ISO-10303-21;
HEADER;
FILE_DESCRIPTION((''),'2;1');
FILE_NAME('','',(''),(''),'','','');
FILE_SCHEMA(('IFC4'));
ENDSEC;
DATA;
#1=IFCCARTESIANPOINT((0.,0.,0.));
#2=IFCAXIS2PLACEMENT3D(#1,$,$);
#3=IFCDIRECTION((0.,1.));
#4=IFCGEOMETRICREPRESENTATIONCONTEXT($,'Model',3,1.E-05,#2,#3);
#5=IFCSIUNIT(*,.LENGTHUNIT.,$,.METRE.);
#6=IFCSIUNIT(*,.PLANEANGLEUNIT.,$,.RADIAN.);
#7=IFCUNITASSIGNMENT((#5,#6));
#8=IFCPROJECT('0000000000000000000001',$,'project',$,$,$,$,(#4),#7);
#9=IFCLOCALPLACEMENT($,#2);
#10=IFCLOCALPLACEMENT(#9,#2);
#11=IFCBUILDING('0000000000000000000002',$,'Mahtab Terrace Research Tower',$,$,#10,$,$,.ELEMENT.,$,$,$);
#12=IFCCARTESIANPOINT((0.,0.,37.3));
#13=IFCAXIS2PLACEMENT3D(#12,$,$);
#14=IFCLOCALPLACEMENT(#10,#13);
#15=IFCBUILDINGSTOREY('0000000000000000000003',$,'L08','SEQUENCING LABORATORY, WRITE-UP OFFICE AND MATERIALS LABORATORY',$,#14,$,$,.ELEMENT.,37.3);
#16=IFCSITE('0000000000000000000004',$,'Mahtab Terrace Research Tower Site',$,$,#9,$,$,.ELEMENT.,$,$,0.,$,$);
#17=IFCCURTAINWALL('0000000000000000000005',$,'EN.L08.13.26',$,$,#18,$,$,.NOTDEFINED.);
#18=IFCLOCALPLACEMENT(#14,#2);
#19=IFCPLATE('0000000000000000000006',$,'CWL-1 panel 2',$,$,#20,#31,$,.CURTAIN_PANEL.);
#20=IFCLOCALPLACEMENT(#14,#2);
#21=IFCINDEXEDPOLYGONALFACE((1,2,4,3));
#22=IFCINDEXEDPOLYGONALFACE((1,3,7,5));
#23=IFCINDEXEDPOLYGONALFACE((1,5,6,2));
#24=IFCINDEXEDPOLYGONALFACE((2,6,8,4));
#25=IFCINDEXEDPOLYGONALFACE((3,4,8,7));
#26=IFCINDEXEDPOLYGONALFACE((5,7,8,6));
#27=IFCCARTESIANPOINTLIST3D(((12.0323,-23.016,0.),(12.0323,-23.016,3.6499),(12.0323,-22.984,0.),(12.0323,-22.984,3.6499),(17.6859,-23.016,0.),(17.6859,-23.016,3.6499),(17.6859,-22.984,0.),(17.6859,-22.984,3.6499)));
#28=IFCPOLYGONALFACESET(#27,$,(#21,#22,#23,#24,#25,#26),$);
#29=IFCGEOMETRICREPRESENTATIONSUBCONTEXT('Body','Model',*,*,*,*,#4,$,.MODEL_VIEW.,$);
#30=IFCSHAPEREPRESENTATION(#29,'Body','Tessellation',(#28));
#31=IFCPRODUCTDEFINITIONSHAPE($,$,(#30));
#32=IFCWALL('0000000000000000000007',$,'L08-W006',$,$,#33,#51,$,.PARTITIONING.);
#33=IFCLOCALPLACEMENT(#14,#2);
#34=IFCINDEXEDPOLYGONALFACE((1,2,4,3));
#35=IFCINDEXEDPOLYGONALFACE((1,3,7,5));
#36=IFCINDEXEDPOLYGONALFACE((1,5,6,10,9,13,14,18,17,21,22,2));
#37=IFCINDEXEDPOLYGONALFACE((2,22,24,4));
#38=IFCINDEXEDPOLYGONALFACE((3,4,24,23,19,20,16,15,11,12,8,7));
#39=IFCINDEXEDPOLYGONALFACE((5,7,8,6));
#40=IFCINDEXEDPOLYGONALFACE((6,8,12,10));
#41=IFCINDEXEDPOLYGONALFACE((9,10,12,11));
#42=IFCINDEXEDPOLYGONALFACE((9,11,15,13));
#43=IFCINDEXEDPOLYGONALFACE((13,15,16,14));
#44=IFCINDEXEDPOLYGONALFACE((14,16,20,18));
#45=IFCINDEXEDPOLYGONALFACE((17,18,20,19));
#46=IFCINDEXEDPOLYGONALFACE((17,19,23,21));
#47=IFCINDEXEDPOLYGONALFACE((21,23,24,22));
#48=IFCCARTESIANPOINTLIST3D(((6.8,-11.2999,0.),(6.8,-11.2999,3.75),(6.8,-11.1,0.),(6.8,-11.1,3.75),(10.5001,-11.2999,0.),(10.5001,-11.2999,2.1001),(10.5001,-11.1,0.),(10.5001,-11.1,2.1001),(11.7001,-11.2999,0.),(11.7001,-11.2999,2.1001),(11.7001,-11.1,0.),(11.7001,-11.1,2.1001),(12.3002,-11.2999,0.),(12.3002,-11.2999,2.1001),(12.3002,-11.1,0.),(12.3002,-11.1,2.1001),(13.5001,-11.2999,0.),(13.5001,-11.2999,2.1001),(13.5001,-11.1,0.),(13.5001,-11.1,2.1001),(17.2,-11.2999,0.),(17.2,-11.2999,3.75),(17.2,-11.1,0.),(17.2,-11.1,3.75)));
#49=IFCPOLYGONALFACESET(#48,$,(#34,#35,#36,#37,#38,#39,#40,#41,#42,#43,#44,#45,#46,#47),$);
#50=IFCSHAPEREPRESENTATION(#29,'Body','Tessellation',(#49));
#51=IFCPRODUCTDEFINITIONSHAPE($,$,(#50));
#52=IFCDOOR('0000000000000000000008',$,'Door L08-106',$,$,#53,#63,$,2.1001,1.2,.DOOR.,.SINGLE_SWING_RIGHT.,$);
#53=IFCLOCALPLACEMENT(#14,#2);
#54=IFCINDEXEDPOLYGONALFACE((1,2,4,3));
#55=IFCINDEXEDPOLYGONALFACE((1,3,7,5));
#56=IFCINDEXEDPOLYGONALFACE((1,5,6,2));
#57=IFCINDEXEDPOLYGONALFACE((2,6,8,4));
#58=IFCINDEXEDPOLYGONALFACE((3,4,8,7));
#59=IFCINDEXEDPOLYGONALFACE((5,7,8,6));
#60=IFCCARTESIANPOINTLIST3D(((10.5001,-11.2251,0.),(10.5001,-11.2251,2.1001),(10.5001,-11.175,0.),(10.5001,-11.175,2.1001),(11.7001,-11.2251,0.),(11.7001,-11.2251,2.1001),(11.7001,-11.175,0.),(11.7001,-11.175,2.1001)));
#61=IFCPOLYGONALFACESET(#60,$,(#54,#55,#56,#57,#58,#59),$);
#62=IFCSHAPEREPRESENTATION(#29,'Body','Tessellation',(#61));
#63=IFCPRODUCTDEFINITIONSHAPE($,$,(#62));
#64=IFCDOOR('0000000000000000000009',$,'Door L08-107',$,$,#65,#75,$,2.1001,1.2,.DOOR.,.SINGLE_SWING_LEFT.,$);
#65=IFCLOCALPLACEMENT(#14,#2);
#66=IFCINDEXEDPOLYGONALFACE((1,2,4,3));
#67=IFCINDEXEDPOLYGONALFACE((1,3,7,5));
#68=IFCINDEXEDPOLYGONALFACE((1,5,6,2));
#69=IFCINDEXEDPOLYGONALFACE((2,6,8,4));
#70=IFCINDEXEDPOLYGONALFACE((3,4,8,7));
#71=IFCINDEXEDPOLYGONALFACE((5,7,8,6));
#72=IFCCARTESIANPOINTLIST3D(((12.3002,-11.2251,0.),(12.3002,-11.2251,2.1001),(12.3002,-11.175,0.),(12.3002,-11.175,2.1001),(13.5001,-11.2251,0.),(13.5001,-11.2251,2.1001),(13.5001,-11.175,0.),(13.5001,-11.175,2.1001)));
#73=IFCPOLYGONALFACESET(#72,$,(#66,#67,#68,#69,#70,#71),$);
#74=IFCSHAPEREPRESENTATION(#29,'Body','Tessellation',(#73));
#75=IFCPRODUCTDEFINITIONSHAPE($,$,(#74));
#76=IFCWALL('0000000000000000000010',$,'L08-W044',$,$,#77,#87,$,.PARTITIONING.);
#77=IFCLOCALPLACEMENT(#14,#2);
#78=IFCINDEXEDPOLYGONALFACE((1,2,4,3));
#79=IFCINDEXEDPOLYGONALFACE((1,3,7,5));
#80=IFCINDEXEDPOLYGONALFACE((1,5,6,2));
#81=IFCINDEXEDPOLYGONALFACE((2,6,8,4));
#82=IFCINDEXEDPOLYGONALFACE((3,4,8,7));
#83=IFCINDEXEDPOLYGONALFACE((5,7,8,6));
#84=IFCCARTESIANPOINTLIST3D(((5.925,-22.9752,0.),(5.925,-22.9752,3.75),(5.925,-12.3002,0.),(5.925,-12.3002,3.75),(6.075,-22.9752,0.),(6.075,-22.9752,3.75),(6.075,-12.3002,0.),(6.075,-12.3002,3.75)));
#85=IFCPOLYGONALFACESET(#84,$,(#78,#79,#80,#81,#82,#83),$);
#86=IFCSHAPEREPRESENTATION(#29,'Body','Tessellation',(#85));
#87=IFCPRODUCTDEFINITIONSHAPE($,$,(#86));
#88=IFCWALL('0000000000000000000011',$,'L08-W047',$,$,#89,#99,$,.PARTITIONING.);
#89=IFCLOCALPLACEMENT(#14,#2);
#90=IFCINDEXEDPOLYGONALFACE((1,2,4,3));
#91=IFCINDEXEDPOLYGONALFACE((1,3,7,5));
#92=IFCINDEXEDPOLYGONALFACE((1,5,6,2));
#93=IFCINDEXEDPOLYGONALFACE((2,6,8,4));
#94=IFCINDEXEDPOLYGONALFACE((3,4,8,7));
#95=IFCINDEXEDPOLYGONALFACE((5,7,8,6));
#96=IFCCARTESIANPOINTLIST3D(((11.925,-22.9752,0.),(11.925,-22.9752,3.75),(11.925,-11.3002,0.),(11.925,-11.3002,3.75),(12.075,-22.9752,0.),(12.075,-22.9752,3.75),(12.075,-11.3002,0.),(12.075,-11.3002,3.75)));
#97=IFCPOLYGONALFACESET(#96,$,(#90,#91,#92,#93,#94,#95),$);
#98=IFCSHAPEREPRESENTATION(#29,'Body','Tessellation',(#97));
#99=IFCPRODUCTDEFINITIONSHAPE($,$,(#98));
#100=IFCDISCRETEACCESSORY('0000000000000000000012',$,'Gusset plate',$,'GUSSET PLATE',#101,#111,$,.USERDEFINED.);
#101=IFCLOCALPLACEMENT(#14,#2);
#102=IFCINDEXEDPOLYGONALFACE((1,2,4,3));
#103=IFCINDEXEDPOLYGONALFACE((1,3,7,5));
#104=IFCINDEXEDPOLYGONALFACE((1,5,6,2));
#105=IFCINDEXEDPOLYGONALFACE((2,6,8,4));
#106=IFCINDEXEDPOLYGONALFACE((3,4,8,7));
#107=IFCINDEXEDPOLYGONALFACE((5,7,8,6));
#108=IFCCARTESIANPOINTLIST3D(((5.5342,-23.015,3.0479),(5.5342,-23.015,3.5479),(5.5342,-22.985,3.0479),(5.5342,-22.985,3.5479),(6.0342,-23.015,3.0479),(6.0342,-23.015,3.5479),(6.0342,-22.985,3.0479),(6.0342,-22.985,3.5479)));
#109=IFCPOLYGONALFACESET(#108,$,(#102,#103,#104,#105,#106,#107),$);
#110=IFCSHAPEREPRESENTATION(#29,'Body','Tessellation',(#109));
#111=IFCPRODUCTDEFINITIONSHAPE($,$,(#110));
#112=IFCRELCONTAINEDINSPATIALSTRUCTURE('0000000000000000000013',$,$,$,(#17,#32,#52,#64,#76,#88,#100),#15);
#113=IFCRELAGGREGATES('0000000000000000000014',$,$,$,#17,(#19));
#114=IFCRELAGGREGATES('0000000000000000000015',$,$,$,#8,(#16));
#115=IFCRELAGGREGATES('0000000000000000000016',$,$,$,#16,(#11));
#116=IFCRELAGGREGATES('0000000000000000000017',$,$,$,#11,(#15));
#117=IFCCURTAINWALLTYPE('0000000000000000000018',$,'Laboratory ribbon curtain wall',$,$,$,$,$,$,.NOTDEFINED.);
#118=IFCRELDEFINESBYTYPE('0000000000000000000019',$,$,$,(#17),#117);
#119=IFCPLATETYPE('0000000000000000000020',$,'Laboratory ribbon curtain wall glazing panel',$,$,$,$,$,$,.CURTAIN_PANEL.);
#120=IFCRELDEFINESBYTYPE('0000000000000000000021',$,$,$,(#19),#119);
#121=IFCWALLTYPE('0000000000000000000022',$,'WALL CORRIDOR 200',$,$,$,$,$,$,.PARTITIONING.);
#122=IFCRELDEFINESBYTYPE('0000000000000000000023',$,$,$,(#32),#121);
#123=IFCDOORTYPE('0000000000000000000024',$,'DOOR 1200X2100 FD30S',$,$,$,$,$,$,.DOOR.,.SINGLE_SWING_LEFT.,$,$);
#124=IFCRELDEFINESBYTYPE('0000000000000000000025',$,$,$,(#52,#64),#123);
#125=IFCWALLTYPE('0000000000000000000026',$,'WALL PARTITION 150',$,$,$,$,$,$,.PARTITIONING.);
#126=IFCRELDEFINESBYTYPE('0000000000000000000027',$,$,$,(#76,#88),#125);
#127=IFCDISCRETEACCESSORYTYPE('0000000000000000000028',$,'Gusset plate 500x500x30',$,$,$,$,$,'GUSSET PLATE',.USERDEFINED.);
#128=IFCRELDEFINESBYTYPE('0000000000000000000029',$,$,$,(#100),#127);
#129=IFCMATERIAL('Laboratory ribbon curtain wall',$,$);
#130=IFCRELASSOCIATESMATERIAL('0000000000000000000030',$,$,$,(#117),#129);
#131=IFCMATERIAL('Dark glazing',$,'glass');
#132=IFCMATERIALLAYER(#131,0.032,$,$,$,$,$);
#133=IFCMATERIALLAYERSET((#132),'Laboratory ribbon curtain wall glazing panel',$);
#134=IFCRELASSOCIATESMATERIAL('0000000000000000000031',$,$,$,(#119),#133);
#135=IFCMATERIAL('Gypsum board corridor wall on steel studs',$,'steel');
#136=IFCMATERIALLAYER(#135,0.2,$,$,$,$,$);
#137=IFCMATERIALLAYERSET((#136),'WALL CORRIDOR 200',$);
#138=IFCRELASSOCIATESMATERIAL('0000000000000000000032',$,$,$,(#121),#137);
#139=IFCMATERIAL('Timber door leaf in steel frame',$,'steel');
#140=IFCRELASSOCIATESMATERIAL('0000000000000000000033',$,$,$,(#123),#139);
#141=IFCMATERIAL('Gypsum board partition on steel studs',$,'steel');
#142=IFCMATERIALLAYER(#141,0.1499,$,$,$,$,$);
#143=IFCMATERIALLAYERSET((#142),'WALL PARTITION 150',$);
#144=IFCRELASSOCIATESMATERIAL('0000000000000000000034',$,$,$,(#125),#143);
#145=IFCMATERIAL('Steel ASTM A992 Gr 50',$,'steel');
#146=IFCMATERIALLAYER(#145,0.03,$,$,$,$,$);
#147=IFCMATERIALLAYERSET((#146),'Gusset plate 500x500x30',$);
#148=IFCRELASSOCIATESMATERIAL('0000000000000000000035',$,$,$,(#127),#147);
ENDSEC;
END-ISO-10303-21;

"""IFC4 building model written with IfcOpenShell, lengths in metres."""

from ifc_helpers import new_model, si_unit, direction, frame, frame_2d, origin, origin_2d, place, context, subcontext, project, spatial, rectangle, extrude, material, layer, layer_set, type_object, element, fill, aggregate, save


model = new_model("IFC4")

# Units and contexts
model_context = context("Model", 3, precision=1e-05, world=origin(), true_north=direction((0.0, 1.0)))
body_context = subcontext(model_context, "Body", "Model", "MODEL_VIEW")
ifc_project = project(units=[si_unit("LENGTHUNIT", "METRE"), si_unit("PLANEANGLEUNIT", "RADIAN")], contexts=[model_context])

# Site, building, storey
site_placement = place(None, origin())
site = spatial("IfcSite", under=ifc_project, at=site_placement, Name="Mahtab Terrace Research Tower Site", CompositionType="ELEMENT", RefElevation=0.0)
building_placement = place(site_placement, origin())
building = spatial("IfcBuilding", under=site, at=building_placement, Name="Mahtab Terrace Research Tower", CompositionType="ELEMENT")
storey_placement = place(building_placement, frame((0.0, 0.0, 37.3)))
storey = spatial("IfcBuildingStorey", under=building, at=storey_placement, Name="L08", Description="SEQUENCING LABORATORY, WRITE-UP OFFICE AND MATERIALS LABORATORY", CompositionType="ELEMENT", Elevation=37.3)

# Shared definitions
ifc_material_1 = material(Name="Steel ASTM A992 Gr 50", Category="steel")

# Curtain wall
ifc_material_2 = material(Name="Laboratory ribbon curtain wall")
curtain_wall_type = type_object("IfcCurtainWallType", Name="Laboratory ribbon curtain wall", PredefinedType="NOTDEFINED", material=ifc_material_2)
curtain_wall_placement = place(storey_placement, origin())
curtain_wall = element("IfcCurtainWall", 1, at=curtain_wall_placement, inside=storey, type_object=curtain_wall_type, Name="EN.L08.13.26", PredefinedType="NOTDEFINED")

# Plate
ifc_material_3 = material(Name="Dark glazing", Category="glass")
ifc_layer_1 = layer(ifc_material_3, 0.032)
ifc_layer_set_1 = layer_set([ifc_layer_1], Name="Laboratory ribbon curtain wall glazing panel")
plate_type = type_object("IfcPlateType", Name="Laboratory ribbon curtain wall glazing panel", PredefinedType="CURTAIN_PANEL", material=ifc_layer_set_1)
plate_1_placement = place(storey_placement, frame((14.8591, -23.0, 0.0), z_axis=(0.0, 0.0, 1.0), x_axis=(1.0, 0.0, 0.0)))
plate_1 = element("IfcPlate", 2, at=plate_1_placement, type_object=plate_type, Name="CWL-1 panel 2", PredefinedType="CURTAIN_PANEL", context=body_context, shape_type="SweptSolid", body=[
    extrude(rectangle(XDim=5.6536, YDim=0.032, at=origin_2d()), origin(), (0.0, 0.0, 1.0), 3.6499),
])
aggregate(curtain_wall, [plate_1])

# Wall, openings, doors
ifc_material_4 = material(Name="Gypsum board corridor wall on steel studs", Category="steel")
ifc_layer_2 = layer(ifc_material_4, 0.2)
ifc_layer_set_2 = layer_set([ifc_layer_2], Name="WALL CORRIDOR 200")
wall_type_1 = type_object("IfcWallType", Name="WALL CORRIDOR 200", PredefinedType="PARTITIONING", material=ifc_layer_set_2)
wall_1_placement = place(storey_placement, frame((6.8, -11.2, 0.0), z_axis=(0.0, 0.0, 1.0), x_axis=(1.0, 0.0, 0.0)))
wall_1 = element("IfcWall", 3, at=wall_1_placement, inside=storey, type_object=wall_type_1, Name="L08-W006", PredefinedType="PARTITIONING", context=body_context, shape_type="SweptSolid", body=[
    extrude(rectangle(XDim=10.3999, YDim=0.2, at=frame_2d((5.2, 0.0))), origin(), (0.0, 0.0, 1.0), 3.75),
])
opening_1_placement = place(wall_1_placement, frame((3.7, 0.0, 0.0)))
opening_1 = element("IfcOpeningElement", 4, at=opening_1_placement, cuts=wall_1, PredefinedType="OPENING", context=body_context, shape_type="SweptSolid", body=[
    extrude(rectangle(XDim=1.2, YDim=2.1001, at=frame_2d((0.6001, 1.05))), frame((0.0, 0.1099, 0.0), z_axis=(0.0, -1.0, 0.0), x_axis=(1.0, 0.0, 0.0)), (0.0, 0.0, 1.0), 0.22),
])
opening_2_placement = place(wall_1_placement, frame((5.5, 0.0, 0.0)))
opening_2 = element("IfcOpeningElement", 5, at=opening_2_placement, cuts=wall_1, PredefinedType="OPENING", context=body_context, shape_type="SweptSolid", body=[
    extrude(rectangle(XDim=1.2, YDim=2.1001, at=frame_2d((0.6001, 1.05))), frame((0.0, 0.1099, 0.0), z_axis=(0.0, -1.0, 0.0), x_axis=(1.0, 0.0, 0.0)), (0.0, 0.0, 1.0), 0.22),
])
ifc_material_5 = material(Name="Timber door leaf in steel frame", Category="steel")
door_type = type_object("IfcDoorType", Name="DOOR 1200X2100 FD30S", OperationType="SINGLE_SWING_LEFT", PredefinedType="DOOR", material=ifc_material_5)
door_1_placement = place(opening_1_placement, origin())
door_1 = element("IfcDoor", 6, at=door_1_placement, inside=storey, type_object=door_type, Name="Door L08-106", OperationType="SINGLE_SWING_RIGHT", OverallHeight=2.1001, OverallWidth=1.2, PredefinedType="DOOR", context=body_context, shape_type="SweptSolid", body=[
    extrude(rectangle(XDim=1.2, YDim=2.1001, at=frame_2d((0.6001, 1.05))), frame((0.0, 0.0249, 0.0), z_axis=(0.0, -1.0, 0.0), x_axis=(1.0, 0.0, 0.0)), (0.0, 0.0, 1.0), 0.05),
])
fill(opening_1, door_1)
door_2_placement = place(opening_2_placement, origin())
door_2 = element("IfcDoor", 7, at=door_2_placement, inside=storey, type_object=door_type, Name="Door L08-107", OperationType="SINGLE_SWING_LEFT", OverallHeight=2.1001, OverallWidth=1.2, PredefinedType="DOOR", context=body_context, shape_type="SweptSolid", body=[
    extrude(rectangle(XDim=1.2, YDim=2.1001, at=frame_2d((0.6001, 1.05))), frame((0.0, 0.0249, 0.0), z_axis=(0.0, -1.0, 0.0), x_axis=(1.0, 0.0, 0.0)), (0.0, 0.0, 1.0), 0.05),
])
fill(opening_2, door_2)

# Walls
ifc_material_6 = material(Name="Gypsum board partition on steel studs", Category="steel")
ifc_layer_3 = layer(ifc_material_6, 0.1499)
ifc_layer_set_3 = layer_set([ifc_layer_3], Name="WALL PARTITION 150")
wall_type_2 = type_object("IfcWallType", Name="WALL PARTITION 150", PredefinedType="PARTITIONING", material=ifc_layer_set_3)
wall_2_placement = place(storey_placement, frame((6.0, -22.9751, 0.0), z_axis=(0.0, 0.0, 1.0), x_axis=(0.0, 1.0, 0.0)))
element("IfcWall", 8, at=wall_2_placement, inside=storey, type_object=wall_type_2, Name="L08-W044", PredefinedType="PARTITIONING", context=body_context, shape_type="SweptSolid", body=[
    extrude(rectangle(XDim=10.675, YDim=0.1499, at=frame_2d((5.3374, 0.0))), origin(), (0.0, 0.0, 1.0), 3.75),
])
wall_3_placement = place(storey_placement, frame((12.0, -22.9751, 0.0), z_axis=(0.0, 0.0, 1.0), x_axis=(0.0, 1.0, 0.0)))
element("IfcWall", 9, at=wall_3_placement, inside=storey, type_object=wall_type_2, Name="L08-W047", PredefinedType="PARTITIONING", context=body_context, shape_type="SweptSolid", body=[
    extrude(rectangle(XDim=11.675, YDim=0.1499, at=frame_2d((5.8374, 0.0))), origin(), (0.0, 0.0, 1.0), 3.75),
])

# Discrete accessory
ifc_layer_4 = layer(ifc_material_1, 0.03)
ifc_layer_set_4 = layer_set([ifc_layer_4], Name="Gusset plate 500x500x30")
discrete_accessory_type = type_object("IfcDiscreteAccessoryType", Name="Gusset plate 500x500x30", ElementType="GUSSET PLATE", PredefinedType="USERDEFINED", material=ifc_layer_set_4)
discrete_accessory_placement = place(storey_placement, frame((5.7842, -23.0, 3.0479), z_axis=(0.0, 0.0, 1.0), x_axis=(1.0, 0.0, 0.0)))
element("IfcDiscreteAccessory", 10, at=discrete_accessory_placement, inside=storey, type_object=discrete_accessory_type, Name="Gusset plate", ObjectType="GUSSET PLATE", PredefinedType="USERDEFINED", context=body_context, shape_type="SweptSolid", body=[
    extrude(rectangle(XDim=0.5, YDim=0.03, at=origin_2d()), origin(), (0.0, 0.0, 1.0), 0.5),
])

save(model, "model.ifc")
